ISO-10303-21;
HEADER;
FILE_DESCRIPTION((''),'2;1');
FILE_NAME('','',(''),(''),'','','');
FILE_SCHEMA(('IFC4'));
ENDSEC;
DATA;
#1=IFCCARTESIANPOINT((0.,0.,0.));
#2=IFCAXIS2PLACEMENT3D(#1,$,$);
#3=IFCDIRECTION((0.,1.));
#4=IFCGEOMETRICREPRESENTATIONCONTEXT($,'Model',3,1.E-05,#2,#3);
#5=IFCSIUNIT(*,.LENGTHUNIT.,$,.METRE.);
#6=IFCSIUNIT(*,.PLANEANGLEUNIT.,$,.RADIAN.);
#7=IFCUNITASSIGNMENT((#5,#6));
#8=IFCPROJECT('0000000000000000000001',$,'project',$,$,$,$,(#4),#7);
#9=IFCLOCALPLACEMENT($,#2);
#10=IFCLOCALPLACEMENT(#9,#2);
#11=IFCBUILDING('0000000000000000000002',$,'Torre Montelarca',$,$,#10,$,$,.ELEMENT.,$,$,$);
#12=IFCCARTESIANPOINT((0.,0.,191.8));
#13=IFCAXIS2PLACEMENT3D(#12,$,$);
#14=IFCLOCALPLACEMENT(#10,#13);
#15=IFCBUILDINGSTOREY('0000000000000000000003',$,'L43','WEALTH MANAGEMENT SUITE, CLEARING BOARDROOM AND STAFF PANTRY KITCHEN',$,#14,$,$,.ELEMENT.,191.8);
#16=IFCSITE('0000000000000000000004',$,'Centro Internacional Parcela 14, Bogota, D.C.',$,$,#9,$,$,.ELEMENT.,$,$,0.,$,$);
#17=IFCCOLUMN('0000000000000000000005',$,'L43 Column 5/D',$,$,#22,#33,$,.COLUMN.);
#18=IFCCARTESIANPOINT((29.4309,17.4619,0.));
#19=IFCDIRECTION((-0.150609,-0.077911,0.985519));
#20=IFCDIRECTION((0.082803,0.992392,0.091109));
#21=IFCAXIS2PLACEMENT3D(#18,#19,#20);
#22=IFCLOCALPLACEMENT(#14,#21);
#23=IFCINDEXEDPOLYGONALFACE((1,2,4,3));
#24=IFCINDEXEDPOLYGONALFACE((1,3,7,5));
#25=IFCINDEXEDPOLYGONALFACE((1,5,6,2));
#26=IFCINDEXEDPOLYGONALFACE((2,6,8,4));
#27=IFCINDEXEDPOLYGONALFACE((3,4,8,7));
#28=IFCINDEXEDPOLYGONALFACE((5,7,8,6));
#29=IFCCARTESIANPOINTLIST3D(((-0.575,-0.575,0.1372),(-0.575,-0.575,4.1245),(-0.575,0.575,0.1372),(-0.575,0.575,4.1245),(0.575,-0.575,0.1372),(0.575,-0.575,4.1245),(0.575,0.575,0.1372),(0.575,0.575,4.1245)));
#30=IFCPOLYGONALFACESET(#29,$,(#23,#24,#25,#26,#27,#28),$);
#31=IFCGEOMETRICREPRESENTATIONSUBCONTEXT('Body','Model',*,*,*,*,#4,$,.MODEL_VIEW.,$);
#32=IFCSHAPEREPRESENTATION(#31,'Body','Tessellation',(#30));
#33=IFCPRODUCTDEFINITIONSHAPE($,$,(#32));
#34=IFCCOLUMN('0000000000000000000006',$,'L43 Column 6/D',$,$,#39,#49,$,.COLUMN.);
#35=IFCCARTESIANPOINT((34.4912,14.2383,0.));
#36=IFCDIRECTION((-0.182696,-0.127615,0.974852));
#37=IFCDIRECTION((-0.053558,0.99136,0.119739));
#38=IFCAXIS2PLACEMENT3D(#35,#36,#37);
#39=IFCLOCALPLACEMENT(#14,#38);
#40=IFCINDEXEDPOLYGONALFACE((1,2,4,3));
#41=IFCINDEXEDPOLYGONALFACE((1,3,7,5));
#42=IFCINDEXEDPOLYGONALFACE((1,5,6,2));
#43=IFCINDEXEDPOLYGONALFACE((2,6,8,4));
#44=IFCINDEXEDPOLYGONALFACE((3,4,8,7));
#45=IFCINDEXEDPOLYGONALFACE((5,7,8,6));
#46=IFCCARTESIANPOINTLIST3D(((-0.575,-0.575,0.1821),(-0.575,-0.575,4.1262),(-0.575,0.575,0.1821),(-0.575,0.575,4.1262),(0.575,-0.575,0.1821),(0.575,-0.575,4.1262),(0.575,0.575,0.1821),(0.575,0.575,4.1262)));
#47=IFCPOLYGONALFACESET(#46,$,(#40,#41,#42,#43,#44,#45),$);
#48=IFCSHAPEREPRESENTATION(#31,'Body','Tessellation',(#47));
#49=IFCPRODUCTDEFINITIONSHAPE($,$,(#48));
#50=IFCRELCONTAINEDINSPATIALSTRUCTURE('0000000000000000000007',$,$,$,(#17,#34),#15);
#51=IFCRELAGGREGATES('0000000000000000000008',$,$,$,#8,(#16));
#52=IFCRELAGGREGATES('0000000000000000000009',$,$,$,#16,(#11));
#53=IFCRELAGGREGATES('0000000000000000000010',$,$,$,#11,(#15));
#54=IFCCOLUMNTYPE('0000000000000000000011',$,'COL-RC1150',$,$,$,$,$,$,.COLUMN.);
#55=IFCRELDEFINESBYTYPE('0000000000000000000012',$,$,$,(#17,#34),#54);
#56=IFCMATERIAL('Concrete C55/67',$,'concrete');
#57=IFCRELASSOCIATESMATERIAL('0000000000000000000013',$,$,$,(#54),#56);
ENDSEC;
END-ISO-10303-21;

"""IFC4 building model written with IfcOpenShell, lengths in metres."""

from ifc_helpers import new_model, si_unit, direction, frame, origin, origin_2d, place, context, subcontext, project, spatial, rectangle, extrude, clip, halfspace, material, material_profile, profile_set, type_object, element, save


model = new_model("IFC4")

# Units and contexts
model_context = context("Model", 3, precision=1e-05, world=origin(), true_north=direction((0.0, 1.0)))
body_context = subcontext(model_context, "Body", "Model", "MODEL_VIEW")
ifc_project = project(units=[si_unit("LENGTHUNIT", "METRE"), si_unit("PLANEANGLEUNIT", "RADIAN")], contexts=[model_context])

# Site, building, storey
site_placement = place(None, origin())
site = spatial("IfcSite", under=ifc_project, at=site_placement, Name="Centro Internacional Parcela 14, Bogota, D.C.", CompositionType="ELEMENT", RefElevation=0.0)
building_placement = place(site_placement, origin())
building = spatial("IfcBuilding", under=site, at=building_placement, Name="Torre Montelarca", CompositionType="ELEMENT")
storey_placement = place(building_placement, frame((0.0, 0.0, 191.8)))
storey = spatial("IfcBuildingStorey", under=building, at=storey_placement, Name="L43", Description="WEALTH MANAGEMENT SUITE, CLEARING BOARDROOM AND STAFF PANTRY KITCHEN", CompositionType="ELEMENT", Elevation=191.8)

# Columns
ifc_material_1 = material(Name="Concrete C55/67", Category="concrete")
ifc_material_profile_1 = material_profile(ifc_material_1, rectangle(XDim=1.1499, YDim=1.1499, at=origin_2d()), Name="RC1150X1150", Category="concrete")
ifc_profile_set_1 = profile_set([ifc_material_profile_1], Name="Concrete C55/67")
column_type = type_object("IfcColumnType", Name="COL-RC1150", PredefinedType="COLUMN", material=ifc_profile_set_1)
column_1_placement = place(storey_placement, frame((29.4309, 17.4619, 0.0), z_axis=(-0.150609, -0.077911, 0.985519), x_axis=(0.082803, 0.992392, 0.091109)))
element("IfcColumn", 1, at=column_1_placement, inside=storey, type_object=column_type, Name="L43 Column 5/D", PredefinedType="COLUMN", context=body_context, shape_type="Clipping", body=[
    clip(clip(extrude(rectangle(XDim=1.1499, YDim=1.1499, at=origin_2d()), origin(), (0.0, 0.0, 1.0), 4.2617), halfspace(frame((0.0, 0.0, 0.1372), z_axis=(0.0, 0.0, -1.0), x_axis=(1.0, 0.0, 0.0)), False)), halfspace(frame((0.0, 0.0, 4.1245), z_axis=(0.0, 0.0, 1.0), x_axis=(1.0, 0.0, 0.0)), False)),
])
column_2_placement = place(storey_placement, frame((34.4912, 14.2383, 0.0), z_axis=(-0.182696, -0.127615, 0.974852), x_axis=(-0.053558, 0.99136, 0.119739)))
element("IfcColumn", 2, at=column_2_placement, inside=storey, type_object=column_type, Name="L43 Column 6/D", PredefinedType="COLUMN", context=body_context, shape_type="Clipping", body=[
    clip(clip(extrude(rectangle(XDim=1.1499, YDim=1.1499, at=origin_2d()), origin(), (0.0, 0.0, 1.0), 4.3083), halfspace(frame((0.0, 0.0, 0.1821), z_axis=(0.0, 0.0, -1.0), x_axis=(1.0, 0.0, 0.0)), False)), halfspace(frame((0.0, 0.0, 4.1262), z_axis=(0.0, 0.0, 1.0), x_axis=(1.0, 0.0, 0.0)), False)),
])

save(model, "model.ifc")
